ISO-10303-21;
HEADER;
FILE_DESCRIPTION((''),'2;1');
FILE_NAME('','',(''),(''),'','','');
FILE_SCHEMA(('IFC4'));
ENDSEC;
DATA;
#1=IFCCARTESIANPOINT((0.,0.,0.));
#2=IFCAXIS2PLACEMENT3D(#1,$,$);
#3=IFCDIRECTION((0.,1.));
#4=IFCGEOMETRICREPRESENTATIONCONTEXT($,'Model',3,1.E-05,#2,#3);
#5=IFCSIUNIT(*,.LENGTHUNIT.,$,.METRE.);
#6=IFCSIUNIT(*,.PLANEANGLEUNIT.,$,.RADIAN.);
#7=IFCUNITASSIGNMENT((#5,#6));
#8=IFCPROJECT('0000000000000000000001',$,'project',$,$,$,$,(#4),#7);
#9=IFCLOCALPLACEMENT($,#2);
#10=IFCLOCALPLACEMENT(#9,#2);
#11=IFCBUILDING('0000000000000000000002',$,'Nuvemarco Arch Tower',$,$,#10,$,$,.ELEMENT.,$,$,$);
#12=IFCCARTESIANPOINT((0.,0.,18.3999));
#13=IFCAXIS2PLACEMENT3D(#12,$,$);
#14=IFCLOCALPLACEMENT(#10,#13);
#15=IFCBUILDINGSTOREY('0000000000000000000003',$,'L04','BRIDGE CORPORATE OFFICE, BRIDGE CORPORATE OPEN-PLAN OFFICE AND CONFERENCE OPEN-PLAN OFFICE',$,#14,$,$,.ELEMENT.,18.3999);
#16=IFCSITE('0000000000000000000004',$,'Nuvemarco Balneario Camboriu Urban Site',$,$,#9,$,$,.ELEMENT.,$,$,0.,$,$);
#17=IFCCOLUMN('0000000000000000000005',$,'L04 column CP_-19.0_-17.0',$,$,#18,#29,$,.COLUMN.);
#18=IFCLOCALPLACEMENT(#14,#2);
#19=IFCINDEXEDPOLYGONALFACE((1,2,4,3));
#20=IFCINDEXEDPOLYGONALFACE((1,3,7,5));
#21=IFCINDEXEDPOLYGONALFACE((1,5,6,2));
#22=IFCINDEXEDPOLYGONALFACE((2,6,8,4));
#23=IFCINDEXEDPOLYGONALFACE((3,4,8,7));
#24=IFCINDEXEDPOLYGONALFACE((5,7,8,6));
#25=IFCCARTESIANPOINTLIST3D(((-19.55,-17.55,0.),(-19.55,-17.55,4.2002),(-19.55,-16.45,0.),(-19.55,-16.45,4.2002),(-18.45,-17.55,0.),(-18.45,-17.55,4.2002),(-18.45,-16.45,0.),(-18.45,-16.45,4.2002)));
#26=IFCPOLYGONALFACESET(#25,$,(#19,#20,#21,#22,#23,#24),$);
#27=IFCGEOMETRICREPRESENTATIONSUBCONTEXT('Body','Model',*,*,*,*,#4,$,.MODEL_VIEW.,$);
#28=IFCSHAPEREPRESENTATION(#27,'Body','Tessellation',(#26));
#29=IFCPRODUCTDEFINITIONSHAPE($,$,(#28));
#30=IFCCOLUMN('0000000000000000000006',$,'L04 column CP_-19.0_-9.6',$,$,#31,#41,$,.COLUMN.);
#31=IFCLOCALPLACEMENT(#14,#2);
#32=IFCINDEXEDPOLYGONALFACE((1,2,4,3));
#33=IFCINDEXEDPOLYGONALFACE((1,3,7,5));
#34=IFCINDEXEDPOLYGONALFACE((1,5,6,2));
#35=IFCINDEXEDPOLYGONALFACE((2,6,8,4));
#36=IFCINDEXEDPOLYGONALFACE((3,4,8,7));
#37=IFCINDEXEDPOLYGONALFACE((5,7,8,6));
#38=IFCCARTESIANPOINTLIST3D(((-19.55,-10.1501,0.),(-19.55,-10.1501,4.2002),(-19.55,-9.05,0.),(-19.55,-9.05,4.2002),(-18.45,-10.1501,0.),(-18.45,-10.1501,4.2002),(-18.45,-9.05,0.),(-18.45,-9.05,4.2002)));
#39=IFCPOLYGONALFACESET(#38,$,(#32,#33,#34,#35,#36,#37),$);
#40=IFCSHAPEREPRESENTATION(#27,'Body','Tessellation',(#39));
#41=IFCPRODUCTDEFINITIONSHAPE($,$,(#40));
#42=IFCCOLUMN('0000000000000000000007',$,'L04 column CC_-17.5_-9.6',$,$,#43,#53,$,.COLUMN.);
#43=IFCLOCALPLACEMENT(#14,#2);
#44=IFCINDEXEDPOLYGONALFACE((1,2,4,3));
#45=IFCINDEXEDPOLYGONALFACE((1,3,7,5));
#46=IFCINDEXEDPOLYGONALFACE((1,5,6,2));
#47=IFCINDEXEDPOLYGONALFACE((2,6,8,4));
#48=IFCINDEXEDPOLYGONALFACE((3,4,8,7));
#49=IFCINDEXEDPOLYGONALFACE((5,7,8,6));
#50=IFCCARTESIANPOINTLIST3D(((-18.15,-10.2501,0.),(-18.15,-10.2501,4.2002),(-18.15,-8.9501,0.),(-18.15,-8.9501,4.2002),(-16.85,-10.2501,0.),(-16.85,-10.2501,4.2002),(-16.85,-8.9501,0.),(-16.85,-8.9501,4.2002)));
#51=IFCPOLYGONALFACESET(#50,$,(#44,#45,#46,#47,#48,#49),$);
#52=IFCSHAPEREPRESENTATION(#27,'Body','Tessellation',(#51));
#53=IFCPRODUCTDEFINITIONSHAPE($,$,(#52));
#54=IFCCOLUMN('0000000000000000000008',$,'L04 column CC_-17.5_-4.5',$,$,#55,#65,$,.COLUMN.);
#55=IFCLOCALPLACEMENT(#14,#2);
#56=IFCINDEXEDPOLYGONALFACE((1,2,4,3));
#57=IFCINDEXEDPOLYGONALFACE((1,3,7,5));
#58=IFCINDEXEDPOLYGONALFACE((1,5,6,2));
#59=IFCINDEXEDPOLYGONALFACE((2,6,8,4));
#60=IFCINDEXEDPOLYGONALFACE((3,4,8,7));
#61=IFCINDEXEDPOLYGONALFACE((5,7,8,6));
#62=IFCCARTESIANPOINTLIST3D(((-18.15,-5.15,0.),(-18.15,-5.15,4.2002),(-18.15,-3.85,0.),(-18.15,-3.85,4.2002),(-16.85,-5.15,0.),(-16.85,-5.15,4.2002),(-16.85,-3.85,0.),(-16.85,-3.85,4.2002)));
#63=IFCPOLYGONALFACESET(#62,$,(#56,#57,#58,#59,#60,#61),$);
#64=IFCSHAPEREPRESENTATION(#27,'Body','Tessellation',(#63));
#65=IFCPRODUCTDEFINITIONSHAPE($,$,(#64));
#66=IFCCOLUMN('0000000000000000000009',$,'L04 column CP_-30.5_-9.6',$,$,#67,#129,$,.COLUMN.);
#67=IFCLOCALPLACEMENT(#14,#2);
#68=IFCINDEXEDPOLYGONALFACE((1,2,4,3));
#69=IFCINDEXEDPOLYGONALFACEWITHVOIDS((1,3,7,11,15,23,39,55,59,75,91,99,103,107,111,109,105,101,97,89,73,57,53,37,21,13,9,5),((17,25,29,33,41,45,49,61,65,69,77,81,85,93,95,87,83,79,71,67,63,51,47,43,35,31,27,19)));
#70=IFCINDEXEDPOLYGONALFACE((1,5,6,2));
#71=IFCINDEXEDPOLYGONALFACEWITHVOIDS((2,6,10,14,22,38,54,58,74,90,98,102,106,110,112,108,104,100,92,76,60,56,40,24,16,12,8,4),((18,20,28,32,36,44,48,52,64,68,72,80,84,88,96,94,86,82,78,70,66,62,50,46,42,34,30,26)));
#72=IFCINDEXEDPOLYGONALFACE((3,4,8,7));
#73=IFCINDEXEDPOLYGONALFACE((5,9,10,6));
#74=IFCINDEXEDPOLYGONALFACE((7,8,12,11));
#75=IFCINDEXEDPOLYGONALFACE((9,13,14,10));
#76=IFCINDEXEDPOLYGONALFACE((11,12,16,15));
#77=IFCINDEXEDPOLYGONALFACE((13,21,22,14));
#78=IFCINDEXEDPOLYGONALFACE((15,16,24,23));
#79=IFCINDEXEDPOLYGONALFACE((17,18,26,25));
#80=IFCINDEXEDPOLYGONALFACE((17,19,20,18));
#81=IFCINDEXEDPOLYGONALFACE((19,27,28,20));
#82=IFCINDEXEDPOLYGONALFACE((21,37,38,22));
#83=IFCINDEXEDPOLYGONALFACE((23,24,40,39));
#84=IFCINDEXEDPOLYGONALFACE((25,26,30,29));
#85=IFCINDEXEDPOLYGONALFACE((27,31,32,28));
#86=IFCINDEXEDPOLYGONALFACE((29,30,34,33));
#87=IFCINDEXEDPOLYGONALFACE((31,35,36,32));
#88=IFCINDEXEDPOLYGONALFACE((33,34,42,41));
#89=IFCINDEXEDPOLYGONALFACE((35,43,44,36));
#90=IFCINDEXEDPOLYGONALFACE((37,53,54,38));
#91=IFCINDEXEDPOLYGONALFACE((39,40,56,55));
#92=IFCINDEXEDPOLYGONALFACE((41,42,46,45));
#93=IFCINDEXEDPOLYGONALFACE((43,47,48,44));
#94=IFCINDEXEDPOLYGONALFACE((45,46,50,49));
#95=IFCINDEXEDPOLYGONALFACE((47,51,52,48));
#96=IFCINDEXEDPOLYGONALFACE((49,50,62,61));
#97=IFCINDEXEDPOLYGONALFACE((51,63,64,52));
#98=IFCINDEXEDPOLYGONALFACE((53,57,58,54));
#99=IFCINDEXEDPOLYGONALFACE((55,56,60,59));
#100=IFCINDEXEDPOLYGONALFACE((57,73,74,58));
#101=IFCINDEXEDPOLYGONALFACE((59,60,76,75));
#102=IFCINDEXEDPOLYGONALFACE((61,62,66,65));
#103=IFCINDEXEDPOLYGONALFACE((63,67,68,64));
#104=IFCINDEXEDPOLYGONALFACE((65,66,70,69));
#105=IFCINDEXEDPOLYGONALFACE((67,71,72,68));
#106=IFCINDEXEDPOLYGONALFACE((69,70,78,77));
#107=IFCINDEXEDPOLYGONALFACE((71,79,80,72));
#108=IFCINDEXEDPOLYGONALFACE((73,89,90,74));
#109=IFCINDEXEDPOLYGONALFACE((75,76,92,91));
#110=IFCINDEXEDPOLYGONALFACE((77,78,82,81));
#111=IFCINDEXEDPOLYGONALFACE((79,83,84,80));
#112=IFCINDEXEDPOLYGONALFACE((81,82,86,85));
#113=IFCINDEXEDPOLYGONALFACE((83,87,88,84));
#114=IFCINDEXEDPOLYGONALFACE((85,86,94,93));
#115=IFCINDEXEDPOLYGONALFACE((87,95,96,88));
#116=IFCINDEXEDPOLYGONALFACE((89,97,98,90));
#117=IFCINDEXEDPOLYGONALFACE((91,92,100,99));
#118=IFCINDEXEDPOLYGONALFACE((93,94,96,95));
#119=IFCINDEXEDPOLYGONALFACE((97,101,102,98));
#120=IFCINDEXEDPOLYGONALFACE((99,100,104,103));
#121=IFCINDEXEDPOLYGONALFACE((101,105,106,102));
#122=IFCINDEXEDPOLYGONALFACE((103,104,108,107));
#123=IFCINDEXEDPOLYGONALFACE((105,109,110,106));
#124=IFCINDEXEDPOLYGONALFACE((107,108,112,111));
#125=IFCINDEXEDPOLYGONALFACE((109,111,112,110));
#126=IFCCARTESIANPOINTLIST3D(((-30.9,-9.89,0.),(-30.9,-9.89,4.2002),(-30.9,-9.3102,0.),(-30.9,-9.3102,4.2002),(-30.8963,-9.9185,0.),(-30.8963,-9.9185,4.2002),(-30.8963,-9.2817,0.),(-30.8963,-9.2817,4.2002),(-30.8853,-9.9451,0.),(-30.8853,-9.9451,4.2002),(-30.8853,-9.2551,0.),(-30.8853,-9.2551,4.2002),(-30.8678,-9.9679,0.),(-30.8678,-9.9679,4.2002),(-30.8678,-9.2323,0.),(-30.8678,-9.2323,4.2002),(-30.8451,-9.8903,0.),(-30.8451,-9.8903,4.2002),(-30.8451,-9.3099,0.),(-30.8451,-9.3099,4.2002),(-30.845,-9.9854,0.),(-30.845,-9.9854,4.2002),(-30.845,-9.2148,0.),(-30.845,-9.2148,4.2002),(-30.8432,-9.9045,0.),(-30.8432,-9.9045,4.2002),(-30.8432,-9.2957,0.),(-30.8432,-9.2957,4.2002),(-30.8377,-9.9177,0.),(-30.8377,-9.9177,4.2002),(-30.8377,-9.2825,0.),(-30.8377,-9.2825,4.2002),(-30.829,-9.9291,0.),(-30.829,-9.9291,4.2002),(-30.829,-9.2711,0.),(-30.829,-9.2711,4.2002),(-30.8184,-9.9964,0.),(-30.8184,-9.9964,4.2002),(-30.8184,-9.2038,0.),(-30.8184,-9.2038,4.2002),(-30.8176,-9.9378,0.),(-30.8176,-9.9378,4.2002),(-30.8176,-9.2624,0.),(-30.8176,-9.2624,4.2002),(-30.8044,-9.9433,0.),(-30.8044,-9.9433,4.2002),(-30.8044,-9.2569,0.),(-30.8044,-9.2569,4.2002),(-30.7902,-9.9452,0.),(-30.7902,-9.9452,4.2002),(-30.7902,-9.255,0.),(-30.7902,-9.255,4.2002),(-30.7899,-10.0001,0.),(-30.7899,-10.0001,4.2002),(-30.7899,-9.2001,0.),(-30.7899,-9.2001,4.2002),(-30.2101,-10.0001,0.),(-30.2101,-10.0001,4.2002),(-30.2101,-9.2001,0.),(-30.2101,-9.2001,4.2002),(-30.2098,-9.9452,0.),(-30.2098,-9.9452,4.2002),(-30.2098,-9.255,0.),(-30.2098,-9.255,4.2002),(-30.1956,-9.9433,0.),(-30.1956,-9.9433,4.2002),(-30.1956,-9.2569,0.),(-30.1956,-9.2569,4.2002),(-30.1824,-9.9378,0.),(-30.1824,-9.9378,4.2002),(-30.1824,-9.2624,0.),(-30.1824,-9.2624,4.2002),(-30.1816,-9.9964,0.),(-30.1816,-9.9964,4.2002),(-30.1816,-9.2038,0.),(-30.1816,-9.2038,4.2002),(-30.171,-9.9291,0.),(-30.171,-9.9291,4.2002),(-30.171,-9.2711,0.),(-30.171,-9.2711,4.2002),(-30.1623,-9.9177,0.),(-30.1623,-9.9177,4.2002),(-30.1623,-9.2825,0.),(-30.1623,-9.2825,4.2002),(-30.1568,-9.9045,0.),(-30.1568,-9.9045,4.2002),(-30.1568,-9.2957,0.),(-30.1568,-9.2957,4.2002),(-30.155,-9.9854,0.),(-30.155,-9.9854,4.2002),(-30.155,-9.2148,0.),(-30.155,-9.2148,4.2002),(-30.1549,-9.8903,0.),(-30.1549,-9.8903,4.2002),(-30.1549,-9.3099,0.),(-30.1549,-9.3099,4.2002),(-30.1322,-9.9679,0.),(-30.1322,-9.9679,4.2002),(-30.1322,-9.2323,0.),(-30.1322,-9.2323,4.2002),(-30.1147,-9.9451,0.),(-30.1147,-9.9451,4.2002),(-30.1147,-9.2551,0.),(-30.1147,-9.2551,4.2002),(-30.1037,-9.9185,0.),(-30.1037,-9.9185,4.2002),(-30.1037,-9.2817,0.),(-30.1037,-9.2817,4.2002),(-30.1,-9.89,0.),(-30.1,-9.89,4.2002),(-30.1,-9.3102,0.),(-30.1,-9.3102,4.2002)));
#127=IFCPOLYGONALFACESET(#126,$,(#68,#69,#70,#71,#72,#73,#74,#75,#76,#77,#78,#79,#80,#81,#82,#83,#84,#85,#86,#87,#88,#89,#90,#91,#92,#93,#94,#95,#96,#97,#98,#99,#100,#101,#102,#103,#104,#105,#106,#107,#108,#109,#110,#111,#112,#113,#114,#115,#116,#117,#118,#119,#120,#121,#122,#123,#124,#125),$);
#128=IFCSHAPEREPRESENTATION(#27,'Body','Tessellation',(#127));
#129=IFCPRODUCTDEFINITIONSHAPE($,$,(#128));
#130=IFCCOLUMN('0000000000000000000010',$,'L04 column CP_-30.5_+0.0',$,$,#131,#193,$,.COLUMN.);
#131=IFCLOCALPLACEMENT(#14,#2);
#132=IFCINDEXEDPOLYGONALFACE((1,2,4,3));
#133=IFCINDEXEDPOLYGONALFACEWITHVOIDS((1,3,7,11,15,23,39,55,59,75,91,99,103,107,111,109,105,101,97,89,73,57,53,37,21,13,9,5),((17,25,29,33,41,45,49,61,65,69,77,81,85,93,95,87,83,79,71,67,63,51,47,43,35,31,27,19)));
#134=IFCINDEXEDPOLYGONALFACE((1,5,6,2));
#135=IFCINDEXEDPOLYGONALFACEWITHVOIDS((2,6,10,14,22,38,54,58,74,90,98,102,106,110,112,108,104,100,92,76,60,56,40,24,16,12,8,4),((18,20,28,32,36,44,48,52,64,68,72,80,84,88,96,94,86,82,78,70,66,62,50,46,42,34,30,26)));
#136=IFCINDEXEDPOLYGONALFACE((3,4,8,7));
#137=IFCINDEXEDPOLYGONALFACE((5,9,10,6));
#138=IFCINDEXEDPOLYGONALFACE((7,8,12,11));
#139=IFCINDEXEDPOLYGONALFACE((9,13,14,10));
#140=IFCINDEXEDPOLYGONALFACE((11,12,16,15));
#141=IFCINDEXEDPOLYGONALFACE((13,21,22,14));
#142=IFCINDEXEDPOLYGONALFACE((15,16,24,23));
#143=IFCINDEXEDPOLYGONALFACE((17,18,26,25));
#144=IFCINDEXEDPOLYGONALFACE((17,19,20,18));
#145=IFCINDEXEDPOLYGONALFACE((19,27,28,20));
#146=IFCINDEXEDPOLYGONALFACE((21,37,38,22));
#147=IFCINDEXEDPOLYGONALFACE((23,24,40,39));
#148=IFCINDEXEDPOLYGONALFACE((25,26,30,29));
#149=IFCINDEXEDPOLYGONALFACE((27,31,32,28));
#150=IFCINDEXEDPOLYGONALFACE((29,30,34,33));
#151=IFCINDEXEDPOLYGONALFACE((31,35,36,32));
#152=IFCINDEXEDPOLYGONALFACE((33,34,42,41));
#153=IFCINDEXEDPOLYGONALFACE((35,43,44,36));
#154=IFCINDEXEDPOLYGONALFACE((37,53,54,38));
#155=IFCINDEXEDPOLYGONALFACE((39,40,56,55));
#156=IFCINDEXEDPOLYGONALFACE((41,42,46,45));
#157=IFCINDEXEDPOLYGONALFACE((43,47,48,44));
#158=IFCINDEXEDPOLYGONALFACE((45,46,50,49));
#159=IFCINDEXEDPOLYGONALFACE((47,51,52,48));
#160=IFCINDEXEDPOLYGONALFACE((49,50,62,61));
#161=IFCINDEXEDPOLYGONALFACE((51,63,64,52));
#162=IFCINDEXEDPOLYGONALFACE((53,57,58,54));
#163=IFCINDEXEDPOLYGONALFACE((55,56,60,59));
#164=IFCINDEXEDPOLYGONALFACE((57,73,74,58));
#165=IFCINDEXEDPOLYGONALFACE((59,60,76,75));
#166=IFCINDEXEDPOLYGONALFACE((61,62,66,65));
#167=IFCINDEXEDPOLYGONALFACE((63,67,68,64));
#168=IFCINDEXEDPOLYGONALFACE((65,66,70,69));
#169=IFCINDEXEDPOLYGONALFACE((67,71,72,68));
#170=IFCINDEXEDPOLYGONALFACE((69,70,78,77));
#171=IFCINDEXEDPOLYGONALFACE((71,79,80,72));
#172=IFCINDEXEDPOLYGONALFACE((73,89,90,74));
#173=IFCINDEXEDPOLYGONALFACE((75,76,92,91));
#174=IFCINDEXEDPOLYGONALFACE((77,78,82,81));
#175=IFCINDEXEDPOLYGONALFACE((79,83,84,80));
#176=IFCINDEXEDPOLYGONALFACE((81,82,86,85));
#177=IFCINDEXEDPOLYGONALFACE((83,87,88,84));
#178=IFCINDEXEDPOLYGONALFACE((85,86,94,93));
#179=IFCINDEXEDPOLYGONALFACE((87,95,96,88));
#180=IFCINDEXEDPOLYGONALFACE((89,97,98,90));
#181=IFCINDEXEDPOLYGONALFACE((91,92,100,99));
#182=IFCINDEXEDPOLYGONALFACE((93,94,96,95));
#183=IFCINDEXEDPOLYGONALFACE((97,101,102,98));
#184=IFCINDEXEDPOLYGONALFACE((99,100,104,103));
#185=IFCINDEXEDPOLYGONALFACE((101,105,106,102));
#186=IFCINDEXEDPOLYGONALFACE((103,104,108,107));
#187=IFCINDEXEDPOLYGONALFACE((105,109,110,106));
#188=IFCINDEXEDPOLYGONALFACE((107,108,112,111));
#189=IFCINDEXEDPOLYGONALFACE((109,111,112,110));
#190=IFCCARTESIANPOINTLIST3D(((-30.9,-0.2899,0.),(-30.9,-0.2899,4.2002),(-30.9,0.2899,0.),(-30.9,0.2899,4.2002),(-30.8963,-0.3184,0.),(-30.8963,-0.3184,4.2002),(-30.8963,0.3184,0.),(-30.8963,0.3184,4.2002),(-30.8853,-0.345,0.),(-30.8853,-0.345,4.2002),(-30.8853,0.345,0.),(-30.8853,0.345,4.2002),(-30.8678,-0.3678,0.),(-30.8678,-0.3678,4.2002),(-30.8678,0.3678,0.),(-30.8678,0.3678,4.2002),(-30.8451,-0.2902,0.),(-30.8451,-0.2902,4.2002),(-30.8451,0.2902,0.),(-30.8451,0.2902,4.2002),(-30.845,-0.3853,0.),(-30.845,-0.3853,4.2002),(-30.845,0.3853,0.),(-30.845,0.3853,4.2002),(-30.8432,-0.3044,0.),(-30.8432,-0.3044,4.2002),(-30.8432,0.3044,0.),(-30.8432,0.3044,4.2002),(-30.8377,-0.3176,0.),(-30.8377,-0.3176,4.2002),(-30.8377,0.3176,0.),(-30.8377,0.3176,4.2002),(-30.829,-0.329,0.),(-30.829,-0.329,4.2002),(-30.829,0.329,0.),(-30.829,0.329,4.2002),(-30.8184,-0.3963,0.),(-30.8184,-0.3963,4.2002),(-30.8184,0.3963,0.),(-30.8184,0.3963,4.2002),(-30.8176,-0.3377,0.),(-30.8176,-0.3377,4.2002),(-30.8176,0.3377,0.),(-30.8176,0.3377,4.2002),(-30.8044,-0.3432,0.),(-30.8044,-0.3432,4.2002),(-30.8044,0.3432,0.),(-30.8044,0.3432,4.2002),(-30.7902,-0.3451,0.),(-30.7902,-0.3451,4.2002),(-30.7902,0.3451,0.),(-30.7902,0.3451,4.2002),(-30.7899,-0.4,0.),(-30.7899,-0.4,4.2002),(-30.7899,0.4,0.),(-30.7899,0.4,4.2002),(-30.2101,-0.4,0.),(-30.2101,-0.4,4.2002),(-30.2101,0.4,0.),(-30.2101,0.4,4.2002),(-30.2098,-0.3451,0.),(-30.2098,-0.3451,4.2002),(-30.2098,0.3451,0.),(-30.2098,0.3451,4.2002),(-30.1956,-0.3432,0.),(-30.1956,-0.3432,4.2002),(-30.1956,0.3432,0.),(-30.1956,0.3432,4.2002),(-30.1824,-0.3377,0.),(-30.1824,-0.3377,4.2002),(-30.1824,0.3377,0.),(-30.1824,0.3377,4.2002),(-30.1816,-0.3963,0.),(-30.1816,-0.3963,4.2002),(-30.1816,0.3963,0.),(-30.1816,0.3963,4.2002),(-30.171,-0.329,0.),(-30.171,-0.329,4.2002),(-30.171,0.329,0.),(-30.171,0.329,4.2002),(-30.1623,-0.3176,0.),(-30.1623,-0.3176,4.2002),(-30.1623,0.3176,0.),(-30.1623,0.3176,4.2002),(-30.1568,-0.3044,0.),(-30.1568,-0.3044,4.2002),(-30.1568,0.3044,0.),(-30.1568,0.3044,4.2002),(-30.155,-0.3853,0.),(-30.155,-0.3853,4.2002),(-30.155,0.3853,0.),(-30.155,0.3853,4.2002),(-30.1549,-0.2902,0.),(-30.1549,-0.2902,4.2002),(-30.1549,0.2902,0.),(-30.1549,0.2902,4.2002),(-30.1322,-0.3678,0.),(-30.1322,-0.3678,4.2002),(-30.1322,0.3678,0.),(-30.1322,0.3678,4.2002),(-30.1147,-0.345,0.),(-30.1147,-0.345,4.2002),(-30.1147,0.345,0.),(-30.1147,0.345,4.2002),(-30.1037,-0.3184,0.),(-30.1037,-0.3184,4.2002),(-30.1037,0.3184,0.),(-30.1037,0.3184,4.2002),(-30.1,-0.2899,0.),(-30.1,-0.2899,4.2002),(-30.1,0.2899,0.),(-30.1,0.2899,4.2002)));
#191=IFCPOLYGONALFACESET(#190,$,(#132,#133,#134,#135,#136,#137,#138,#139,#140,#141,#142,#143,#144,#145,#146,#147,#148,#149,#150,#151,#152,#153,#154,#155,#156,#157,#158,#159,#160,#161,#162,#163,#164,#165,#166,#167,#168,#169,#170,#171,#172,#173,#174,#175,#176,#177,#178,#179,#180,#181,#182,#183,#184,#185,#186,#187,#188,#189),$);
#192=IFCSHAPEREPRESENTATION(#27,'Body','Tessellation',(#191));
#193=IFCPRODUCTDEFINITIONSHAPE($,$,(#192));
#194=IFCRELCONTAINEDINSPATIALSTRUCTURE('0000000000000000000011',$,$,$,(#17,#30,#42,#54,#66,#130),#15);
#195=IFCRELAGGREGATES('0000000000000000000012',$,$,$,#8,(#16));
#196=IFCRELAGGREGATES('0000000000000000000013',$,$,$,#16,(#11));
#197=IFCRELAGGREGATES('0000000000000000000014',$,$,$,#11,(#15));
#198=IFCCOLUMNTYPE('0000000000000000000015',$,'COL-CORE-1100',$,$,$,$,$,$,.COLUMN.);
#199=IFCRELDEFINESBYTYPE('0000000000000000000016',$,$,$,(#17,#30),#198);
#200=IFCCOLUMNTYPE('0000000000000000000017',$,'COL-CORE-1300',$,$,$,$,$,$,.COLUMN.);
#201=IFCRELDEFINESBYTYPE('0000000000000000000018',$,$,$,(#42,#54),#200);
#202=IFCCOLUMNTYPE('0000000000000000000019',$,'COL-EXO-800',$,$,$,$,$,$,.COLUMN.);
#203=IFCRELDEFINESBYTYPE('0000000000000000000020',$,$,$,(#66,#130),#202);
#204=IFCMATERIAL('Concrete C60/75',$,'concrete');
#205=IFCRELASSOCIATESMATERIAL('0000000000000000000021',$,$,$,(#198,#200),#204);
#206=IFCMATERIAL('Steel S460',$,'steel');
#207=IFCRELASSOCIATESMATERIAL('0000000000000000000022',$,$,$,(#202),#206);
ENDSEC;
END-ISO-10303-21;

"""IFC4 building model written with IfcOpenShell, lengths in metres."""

from ifc_helpers import new_model, si_unit, direction, frame, origin, origin_2d, place, context, subcontext, project, spatial, rectangle, hollow_rectangle, extrude, material, material_profile, profile_set, type_object, element, save


model = new_model("IFC4")

# Units and contexts
model_context = context("Model", 3, precision=1e-05, world=origin(), true_north=direction((0.0, 1.0)))
body_context = subcontext(model_context, "Body", "Model", "MODEL_VIEW")
ifc_project = project(units=[si_unit("LENGTHUNIT", "METRE"), si_unit("PLANEANGLEUNIT", "RADIAN")], contexts=[model_context])

# Site, building, storey
site_placement = place(None, origin())
site = spatial("IfcSite", under=ifc_project, at=site_placement, Name="Nuvemarco Balneario Camboriu Urban Site", CompositionType="ELEMENT", RefElevation=0.0)
building_placement = place(site_placement, origin())
building = spatial("IfcBuilding", under=site, at=building_placement, Name="Nuvemarco Arch Tower", CompositionType="ELEMENT")
storey_placement = place(building_placement, frame((0.0, 0.0, 18.3999)))
storey = spatial("IfcBuildingStorey", under=building, at=storey_placement, Name="L04", Description="BRIDGE CORPORATE OFFICE, BRIDGE CORPORATE OPEN-PLAN OFFICE AND CONFERENCE OPEN-PLAN OFFICE", CompositionType="ELEMENT", Elevation=18.3999)

# Columns
ifc_material_1 = material(Name="Concrete C60/75", Category="concrete")
ifc_material_profile_1 = material_profile(ifc_material_1, rectangle(XDim=1.1001, YDim=1.1001, at=origin_2d()), Name="RC-COL-1100x1100")
ifc_profile_set_1 = profile_set([ifc_material_profile_1], Name="Concrete C60/75")
column_type_1 = type_object("IfcColumnType", Name="COL-CORE-1100", PredefinedType="COLUMN", material=ifc_profile_set_1)
for number, where, z_axis, x_axis, name in (
    (1, (-19.0, -17.0, 0.0), (0.0, 0.0, 1.0), (1.0, 0.0, 0.0), "L04 column CP_-19.0_-17.0"),
    (2, (-19.0, -9.6001, 0.0), (0.0, 0.0, 1.0), (1.0, 0.0, 0.0), "L04 column CP_-19.0_-9.6"),
):
    element("IfcColumn", number, at=place(storey_placement, frame(where, z_axis=z_axis, x_axis=x_axis)), inside=storey, type_object=column_type_1, Name=name, PredefinedType="COLUMN", context=body_context, shape_type="SweptSolid", body=[
        extrude(rectangle(XDim=1.1001, YDim=1.1001, at=origin_2d()), origin(), (0.0, 0.0, 1.0), 4.2002),
    ])
ifc_material_profile_2 = material_profile(ifc_material_1, rectangle(XDim=1.3, YDim=1.3, at=origin_2d()), Name="RC-COL-1300x1300")
ifc_profile_set_2 = profile_set([ifc_material_profile_2], Name="Concrete C60/75")
column_type_2 = type_object("IfcColumnType", Name="COL-CORE-1300", PredefinedType="COLUMN", material=ifc_profile_set_2)
for number, where, z_axis, x_axis, name in (
    (3, (-17.5, -9.6001, 0.0), (0.0, 0.0, 1.0), (1.0, 0.0, 0.0), "L04 column CC_-17.5_-9.6"),
    (4, (-17.5, -4.5, 0.0), (0.0, 0.0, 1.0), (1.0, 0.0, 0.0), "L04 column CC_-17.5_-4.5"),
):
    element("IfcColumn", number, at=place(storey_placement, frame(where, z_axis=z_axis, x_axis=x_axis)), inside=storey, type_object=column_type_2, Name=name, PredefinedType="COLUMN", context=body_context, shape_type="SweptSolid", body=[
        extrude(rectangle(XDim=1.3, YDim=1.3, at=origin_2d()), origin(), (0.0, 0.0, 1.0), 4.2002),
    ])
ifc_material_2 = material(Name="Steel S460", Category="steel")
ifc_material_profile_3 = material_profile(ifc_material_2, hollow_rectangle(XDim=0.8, YDim=0.8, WallThickness=0.0549, InnerFilletRadius=0.0549, OuterFilletRadius=0.1101, at=origin_2d()), Name="SHS800x800x55")
ifc_profile_set_3 = profile_set([ifc_material_profile_3], Name="Steel S460")
column_type_3 = type_object("IfcColumnType", Name="COL-EXO-800", PredefinedType="COLUMN", material=ifc_profile_set_3)
for number, where, z_axis, x_axis, name in (
    (5, (-30.5, -9.6001, 0.0), (0.0, 0.0, 1.0), (1.0, 0.0, 0.0), "L04 column CP_-30.5_-9.6"),
    (6, (-30.5, 0.0, 0.0), (0.0, 0.0, 1.0), (1.0, 0.0, 0.0), "L04 column CP_-30.5_+0.0"),
):
    element("IfcColumn", number, at=place(storey_placement, frame(where, z_axis=z_axis, x_axis=x_axis)), inside=storey, type_object=column_type_3, Name=name, PredefinedType="COLUMN", context=body_context, shape_type="SweptSolid", body=[
        extrude(hollow_rectangle(XDim=0.8, YDim=0.8, WallThickness=0.0549, InnerFilletRadius=0.0549, OuterFilletRadius=0.1101, at=origin_2d()), origin(), (0.0, 0.0, 1.0), 4.2002),
    ])

save(model, "model.ifc")
